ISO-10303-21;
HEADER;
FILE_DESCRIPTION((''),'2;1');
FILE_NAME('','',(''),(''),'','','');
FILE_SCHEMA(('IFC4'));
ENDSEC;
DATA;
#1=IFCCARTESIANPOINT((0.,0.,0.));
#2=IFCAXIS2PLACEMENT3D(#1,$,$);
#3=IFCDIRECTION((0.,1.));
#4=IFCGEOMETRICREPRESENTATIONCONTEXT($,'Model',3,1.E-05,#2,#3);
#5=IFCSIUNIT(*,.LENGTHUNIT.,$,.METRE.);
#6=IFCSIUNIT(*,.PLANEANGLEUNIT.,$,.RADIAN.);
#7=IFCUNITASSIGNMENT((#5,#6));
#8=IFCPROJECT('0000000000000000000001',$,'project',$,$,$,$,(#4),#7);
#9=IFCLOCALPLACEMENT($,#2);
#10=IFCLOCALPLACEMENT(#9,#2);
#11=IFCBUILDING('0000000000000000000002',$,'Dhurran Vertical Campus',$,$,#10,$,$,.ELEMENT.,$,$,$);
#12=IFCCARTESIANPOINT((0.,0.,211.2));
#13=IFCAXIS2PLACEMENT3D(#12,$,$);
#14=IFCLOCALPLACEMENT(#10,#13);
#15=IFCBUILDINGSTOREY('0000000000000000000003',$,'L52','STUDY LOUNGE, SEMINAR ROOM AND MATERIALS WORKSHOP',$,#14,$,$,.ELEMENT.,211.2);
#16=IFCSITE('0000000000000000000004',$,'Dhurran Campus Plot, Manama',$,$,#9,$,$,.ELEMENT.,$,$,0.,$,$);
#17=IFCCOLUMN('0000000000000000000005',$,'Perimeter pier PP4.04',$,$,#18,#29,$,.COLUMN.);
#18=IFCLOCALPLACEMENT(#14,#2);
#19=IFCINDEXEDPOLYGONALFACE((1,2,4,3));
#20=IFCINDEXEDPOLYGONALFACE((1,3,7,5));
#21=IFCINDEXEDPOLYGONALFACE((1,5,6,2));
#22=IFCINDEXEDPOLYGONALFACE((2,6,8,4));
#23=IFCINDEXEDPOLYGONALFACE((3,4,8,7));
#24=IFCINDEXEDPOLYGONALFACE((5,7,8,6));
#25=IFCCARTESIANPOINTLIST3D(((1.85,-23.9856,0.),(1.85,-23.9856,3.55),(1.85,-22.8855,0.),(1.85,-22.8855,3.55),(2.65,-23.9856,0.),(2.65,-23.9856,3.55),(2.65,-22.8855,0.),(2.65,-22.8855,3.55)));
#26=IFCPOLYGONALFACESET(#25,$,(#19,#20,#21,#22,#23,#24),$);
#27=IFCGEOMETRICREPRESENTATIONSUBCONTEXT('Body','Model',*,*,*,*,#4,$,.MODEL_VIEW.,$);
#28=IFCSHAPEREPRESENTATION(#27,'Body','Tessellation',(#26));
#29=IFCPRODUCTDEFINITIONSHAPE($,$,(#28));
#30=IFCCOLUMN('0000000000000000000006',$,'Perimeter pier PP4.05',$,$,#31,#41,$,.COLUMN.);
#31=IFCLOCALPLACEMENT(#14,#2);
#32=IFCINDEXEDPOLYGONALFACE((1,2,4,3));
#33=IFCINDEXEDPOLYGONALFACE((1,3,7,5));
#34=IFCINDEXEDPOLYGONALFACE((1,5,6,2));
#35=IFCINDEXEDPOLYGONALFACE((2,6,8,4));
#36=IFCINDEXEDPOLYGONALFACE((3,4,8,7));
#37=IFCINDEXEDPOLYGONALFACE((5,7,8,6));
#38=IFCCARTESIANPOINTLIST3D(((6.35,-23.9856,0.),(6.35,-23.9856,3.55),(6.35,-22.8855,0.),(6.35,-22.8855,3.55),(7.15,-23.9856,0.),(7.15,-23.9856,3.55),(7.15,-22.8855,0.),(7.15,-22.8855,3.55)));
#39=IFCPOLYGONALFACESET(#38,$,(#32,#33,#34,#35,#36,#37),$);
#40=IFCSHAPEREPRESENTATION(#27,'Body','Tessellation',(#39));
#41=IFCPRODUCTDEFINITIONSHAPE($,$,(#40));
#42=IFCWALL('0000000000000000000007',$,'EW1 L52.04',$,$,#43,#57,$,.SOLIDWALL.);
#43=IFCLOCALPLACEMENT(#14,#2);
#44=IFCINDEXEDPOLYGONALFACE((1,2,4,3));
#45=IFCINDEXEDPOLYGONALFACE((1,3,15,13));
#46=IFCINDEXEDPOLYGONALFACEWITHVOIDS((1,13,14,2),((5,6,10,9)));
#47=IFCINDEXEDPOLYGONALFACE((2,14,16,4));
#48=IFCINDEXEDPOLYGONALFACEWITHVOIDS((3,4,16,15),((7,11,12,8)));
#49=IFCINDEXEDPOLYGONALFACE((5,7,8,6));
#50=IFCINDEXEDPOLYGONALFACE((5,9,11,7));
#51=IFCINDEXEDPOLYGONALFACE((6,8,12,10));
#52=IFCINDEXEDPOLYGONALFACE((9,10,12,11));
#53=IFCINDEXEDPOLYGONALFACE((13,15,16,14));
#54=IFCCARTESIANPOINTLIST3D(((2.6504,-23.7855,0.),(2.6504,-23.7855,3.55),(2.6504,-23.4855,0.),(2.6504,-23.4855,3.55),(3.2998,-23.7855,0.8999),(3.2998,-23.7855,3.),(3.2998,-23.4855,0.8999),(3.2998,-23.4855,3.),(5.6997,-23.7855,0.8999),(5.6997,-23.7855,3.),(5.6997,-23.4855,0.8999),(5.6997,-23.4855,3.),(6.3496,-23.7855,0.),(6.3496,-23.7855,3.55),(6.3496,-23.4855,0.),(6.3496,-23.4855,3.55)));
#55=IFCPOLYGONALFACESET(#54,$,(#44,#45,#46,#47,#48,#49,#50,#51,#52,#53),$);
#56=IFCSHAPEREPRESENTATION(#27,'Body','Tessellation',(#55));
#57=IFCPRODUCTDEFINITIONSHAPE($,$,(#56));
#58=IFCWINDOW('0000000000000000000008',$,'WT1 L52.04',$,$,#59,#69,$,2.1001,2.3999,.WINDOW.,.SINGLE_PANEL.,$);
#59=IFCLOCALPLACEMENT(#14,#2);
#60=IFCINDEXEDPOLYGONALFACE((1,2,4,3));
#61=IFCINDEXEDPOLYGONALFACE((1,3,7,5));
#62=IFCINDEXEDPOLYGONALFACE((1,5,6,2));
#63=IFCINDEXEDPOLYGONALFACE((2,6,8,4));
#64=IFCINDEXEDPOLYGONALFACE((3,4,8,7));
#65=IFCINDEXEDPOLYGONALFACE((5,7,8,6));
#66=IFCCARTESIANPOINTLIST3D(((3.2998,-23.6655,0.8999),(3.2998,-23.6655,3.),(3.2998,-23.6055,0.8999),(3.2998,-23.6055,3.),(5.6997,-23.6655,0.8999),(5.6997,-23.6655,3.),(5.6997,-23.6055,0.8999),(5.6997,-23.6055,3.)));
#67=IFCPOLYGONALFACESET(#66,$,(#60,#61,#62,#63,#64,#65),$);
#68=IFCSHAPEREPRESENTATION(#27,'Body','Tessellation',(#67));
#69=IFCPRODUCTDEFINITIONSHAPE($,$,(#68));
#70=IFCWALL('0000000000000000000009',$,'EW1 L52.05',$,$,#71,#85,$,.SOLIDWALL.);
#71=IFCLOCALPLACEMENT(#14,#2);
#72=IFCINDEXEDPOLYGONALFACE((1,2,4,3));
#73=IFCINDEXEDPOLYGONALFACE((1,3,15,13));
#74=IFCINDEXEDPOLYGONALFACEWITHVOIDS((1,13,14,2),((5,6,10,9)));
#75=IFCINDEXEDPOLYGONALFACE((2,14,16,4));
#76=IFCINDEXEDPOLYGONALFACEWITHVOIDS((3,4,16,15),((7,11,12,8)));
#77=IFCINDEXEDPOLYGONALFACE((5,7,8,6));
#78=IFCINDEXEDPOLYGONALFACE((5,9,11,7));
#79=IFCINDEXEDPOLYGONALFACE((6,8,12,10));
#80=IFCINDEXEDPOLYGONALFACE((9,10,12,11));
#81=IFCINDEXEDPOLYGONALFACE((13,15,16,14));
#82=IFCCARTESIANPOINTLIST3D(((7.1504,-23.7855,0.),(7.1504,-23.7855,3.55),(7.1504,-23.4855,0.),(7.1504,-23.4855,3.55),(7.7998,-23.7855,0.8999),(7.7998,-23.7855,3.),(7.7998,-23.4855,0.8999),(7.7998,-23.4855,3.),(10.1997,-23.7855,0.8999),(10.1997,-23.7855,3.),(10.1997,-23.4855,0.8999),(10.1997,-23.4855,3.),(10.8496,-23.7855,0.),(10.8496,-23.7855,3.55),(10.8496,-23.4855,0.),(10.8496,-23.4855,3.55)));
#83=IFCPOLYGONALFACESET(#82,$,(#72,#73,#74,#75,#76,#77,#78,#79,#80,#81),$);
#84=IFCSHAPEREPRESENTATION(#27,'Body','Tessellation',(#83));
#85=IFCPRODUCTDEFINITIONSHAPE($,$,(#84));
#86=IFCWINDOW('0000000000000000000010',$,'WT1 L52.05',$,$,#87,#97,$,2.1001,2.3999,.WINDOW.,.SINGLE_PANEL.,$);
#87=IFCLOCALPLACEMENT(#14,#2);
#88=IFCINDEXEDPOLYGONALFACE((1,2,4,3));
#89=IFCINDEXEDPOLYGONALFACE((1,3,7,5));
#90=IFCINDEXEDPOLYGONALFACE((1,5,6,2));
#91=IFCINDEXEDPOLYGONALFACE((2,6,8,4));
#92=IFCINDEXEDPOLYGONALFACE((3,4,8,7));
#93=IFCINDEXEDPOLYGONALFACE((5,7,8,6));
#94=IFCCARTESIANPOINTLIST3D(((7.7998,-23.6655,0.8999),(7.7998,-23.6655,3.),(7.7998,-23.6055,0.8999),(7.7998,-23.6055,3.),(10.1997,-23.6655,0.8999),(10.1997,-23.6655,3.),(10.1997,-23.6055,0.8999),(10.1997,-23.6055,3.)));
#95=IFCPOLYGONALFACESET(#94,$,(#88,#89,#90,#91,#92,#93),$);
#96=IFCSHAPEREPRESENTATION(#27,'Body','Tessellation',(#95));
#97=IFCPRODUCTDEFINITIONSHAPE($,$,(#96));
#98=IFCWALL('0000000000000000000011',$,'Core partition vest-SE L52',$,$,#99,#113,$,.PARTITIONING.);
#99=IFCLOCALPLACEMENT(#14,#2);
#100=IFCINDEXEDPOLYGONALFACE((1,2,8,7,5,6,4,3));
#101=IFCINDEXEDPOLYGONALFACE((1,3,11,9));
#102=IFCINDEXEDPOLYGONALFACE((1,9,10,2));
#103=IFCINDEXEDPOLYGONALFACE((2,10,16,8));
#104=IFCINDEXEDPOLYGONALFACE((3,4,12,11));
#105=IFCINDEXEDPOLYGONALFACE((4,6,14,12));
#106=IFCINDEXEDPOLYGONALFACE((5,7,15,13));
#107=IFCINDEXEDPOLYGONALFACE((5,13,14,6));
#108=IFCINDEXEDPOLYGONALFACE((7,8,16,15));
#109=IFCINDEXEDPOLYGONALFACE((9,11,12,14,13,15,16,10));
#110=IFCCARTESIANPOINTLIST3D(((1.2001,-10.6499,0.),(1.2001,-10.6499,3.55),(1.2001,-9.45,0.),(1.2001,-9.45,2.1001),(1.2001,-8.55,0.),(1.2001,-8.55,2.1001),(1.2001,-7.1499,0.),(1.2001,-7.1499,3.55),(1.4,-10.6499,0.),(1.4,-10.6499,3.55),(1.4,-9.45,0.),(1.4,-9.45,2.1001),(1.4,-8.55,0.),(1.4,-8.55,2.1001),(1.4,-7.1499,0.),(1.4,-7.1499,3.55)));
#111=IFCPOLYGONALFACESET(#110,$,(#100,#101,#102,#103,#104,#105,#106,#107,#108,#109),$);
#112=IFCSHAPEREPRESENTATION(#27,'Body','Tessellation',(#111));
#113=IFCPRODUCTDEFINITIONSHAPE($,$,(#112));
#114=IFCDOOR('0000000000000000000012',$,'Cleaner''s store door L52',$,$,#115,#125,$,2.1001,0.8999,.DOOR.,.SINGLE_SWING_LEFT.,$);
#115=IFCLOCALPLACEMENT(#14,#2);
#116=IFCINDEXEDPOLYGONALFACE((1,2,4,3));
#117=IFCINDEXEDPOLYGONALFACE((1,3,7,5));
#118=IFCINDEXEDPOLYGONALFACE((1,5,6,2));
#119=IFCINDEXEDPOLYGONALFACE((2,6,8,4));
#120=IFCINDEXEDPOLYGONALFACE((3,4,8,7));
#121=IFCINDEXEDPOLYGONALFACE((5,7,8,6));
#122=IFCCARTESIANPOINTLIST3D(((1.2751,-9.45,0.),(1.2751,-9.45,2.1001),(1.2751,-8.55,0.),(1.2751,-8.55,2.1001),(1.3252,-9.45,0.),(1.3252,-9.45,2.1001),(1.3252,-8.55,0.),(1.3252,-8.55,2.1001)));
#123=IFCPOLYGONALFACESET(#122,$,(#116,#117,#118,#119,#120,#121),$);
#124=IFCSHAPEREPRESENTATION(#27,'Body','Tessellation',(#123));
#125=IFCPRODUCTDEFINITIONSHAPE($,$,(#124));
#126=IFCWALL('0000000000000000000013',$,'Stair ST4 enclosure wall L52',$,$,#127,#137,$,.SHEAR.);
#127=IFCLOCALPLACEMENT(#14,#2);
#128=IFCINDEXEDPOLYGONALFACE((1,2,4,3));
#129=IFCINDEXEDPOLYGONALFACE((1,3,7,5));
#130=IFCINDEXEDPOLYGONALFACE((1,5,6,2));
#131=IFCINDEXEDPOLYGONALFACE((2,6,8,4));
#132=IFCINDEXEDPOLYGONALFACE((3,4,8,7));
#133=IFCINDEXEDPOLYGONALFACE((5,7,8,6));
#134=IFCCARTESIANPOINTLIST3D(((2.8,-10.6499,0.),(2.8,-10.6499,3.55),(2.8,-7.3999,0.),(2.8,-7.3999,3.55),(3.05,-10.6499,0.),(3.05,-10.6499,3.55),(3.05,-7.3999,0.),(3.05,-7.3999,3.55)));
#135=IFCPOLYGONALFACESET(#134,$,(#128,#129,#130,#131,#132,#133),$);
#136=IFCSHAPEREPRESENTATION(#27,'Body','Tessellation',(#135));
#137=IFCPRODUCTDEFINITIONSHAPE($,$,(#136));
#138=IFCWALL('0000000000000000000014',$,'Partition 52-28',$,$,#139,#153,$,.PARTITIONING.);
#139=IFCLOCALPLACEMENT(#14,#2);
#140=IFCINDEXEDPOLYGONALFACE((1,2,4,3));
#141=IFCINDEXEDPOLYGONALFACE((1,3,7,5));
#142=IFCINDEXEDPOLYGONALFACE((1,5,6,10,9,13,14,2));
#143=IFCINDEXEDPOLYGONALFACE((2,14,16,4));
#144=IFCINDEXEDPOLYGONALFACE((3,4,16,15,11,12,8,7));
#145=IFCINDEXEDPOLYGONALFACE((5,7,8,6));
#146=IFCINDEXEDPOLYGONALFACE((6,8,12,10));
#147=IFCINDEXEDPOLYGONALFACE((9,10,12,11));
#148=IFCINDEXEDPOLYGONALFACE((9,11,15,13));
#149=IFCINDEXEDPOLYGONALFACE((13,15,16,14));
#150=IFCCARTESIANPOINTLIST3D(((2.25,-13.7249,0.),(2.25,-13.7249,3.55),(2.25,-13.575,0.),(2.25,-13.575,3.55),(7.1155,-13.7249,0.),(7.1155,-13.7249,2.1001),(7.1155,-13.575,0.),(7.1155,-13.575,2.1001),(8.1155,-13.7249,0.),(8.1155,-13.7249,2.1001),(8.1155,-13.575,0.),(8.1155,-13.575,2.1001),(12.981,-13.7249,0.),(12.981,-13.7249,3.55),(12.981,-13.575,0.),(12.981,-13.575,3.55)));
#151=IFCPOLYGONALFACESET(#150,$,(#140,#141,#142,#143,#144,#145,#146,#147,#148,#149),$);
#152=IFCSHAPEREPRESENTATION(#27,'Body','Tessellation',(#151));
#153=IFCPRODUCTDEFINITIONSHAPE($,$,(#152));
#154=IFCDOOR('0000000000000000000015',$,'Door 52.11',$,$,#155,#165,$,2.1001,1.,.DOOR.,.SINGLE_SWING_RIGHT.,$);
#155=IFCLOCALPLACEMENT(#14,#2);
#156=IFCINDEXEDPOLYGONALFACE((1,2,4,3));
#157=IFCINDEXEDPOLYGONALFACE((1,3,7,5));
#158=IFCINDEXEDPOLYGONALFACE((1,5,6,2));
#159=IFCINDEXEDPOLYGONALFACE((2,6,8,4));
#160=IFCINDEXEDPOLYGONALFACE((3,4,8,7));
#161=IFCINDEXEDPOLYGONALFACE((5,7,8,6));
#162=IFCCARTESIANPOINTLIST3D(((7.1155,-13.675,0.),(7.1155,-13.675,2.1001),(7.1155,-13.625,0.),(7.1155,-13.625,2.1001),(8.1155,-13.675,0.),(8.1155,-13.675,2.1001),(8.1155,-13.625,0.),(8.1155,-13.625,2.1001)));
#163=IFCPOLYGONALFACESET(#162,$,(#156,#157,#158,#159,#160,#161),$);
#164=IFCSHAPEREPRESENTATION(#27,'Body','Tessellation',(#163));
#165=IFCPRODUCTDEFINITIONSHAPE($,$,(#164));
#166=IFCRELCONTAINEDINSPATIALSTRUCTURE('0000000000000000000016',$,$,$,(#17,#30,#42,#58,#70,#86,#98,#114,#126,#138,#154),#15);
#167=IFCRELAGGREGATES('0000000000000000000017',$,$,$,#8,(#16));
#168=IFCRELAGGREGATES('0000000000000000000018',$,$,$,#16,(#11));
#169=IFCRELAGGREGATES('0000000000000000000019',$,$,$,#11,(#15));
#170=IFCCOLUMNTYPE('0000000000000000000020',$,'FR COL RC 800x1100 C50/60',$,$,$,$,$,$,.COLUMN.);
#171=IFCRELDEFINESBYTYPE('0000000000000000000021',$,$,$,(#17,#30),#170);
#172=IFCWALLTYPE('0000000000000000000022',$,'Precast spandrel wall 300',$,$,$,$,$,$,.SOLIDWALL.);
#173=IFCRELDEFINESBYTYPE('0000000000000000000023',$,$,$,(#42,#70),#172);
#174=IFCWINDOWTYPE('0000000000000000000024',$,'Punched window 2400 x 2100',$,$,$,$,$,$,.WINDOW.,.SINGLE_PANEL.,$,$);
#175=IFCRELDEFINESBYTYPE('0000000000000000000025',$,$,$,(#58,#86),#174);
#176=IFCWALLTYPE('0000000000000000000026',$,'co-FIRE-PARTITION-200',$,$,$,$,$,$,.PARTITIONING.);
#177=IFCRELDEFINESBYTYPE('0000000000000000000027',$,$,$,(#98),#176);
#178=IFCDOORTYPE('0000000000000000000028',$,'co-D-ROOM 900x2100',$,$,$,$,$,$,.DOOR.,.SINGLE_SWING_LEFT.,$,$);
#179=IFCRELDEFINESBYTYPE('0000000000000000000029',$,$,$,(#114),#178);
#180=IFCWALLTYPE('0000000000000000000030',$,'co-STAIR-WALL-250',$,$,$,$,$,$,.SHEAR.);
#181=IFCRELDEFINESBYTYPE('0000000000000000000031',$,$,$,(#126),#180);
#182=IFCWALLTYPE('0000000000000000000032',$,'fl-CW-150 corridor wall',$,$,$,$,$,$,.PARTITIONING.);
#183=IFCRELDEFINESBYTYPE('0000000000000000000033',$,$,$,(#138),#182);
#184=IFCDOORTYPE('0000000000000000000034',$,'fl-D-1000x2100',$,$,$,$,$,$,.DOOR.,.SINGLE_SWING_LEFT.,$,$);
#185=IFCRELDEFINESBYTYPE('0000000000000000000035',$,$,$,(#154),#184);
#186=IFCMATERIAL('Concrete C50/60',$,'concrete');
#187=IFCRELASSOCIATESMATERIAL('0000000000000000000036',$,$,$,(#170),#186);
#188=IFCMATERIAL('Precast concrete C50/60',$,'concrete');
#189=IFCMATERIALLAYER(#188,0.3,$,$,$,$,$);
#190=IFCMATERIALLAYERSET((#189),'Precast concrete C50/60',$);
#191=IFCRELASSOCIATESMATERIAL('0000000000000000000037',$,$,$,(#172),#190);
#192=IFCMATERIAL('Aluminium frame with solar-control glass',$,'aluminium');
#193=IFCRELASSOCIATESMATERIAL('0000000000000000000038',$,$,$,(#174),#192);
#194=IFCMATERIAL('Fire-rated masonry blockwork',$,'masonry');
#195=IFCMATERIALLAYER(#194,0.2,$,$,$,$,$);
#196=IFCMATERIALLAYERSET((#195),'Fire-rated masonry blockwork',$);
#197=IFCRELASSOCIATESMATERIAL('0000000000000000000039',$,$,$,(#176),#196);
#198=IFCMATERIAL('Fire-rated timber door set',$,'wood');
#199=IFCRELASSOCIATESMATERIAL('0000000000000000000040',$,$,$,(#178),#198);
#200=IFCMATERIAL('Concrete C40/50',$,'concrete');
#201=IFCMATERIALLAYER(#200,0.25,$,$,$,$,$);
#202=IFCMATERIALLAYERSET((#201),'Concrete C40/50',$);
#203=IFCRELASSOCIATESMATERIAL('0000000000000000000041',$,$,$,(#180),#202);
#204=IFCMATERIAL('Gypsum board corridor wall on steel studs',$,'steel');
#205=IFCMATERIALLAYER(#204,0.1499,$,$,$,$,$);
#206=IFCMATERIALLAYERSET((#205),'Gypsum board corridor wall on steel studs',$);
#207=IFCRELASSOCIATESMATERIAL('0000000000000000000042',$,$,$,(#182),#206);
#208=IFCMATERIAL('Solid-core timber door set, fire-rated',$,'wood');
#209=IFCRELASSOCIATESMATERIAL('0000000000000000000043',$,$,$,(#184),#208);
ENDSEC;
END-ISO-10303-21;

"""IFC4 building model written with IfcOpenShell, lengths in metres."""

from ifc_helpers import new_model, si_unit, direction, frame, frame_2d, origin, origin_2d, place, context, subcontext, project, spatial, rectangle, extrude, material, layer, layer_set, material_profile, profile_set, type_object, element, fill, save


model = new_model("IFC4")

# Units and contexts
model_context = context("Model", 3, precision=1e-05, world=origin(), true_north=direction((0.0, 1.0)))
body_context = subcontext(model_context, "Body", "Model", "MODEL_VIEW")
ifc_project = project(units=[si_unit("LENGTHUNIT", "METRE"), si_unit("PLANEANGLEUNIT", "RADIAN")], contexts=[model_context])

# Site, building, storey
site_placement = place(None, origin())
site = spatial("IfcSite", under=ifc_project, at=site_placement, Name="Dhurran Campus Plot, Manama", CompositionType="ELEMENT", RefElevation=0.0)
building_placement = place(site_placement, origin())
building = spatial("IfcBuilding", under=site, at=building_placement, Name="Dhurran Vertical Campus", CompositionType="ELEMENT")
storey_placement = place(building_placement, frame((0.0, 0.0, 211.2)))
storey = spatial("IfcBuildingStorey", under=building, at=storey_placement, Name="L52", Description="STUDY LOUNGE, SEMINAR ROOM AND MATERIALS WORKSHOP", CompositionType="ELEMENT", Elevation=211.2)

# Columns
ifc_material_1 = material(Name="Concrete C50/60", Category="concrete")
ifc_material_profile = material_profile(ifc_material_1, rectangle(XDim=0.8, YDim=1.1001, at=origin_2d()), Name="RC 800x1100")
ifc_profile_set = profile_set([ifc_material_profile], Name="Concrete C50/60")
column_type = type_object("IfcColumnType", Name="FR COL RC 800x1100 C50/60", PredefinedType="COLUMN", material=ifc_profile_set)
for number, where, z_axis, x_axis, name in (
    (1, (2.25, -23.4355, 0.0), (0.0, 0.0, 1.0), (1.0, 0.0, 0.0), "Perimeter pier PP4.04"),
    (2, (6.75, -23.4355, 0.0), (0.0, 0.0, 1.0), (1.0, 0.0, 0.0), "Perimeter pier PP4.05"),
):
    element("IfcColumn", number, at=place(storey_placement, frame(where, z_axis=z_axis, x_axis=x_axis)), inside=storey, type_object=column_type, Name=name, PredefinedType="COLUMN", context=body_context, shape_type="SweptSolid", body=[
        extrude(rectangle(XDim=0.8, YDim=1.1001, at=origin_2d()), origin(), (0.0, 0.0, 1.0), 3.55),
    ])

# Walls, openings, windows
ifc_material_2 = material(Name="Precast concrete C50/60", Category="concrete")
ifc_layer_1 = layer(ifc_material_2, 0.3)
ifc_layer_set_1 = layer_set([ifc_layer_1], Name="Precast concrete C50/60")
wall_type_1 = type_object("IfcWallType", Name="Precast spandrel wall 300", PredefinedType="SOLIDWALL", material=ifc_layer_set_1)
wall_1_placement = place(storey_placement, frame((2.6504, -23.6355, 0.0), z_axis=(0.0, 0.0, 1.0), x_axis=(1.0, 0.0, 0.0)))
wall_1 = element("IfcWall", 3, at=wall_1_placement, inside=storey, type_object=wall_type_1, Name="EW1 L52.04", PredefinedType="SOLIDWALL", context=body_context, shape_type="SweptSolid", body=[
    extrude(rectangle(XDim=3.6992, YDim=0.3, at=frame_2d((1.8496, 0.0))), origin(), (0.0, 0.0, 1.0), 3.55),
])
opening_1_placement = place(wall_1_placement, frame((0.6494, 0.0, 0.8999)))
opening_1 = element("IfcOpeningElement", 4, at=opening_1_placement, cuts=wall_1, PredefinedType="OPENING", context=body_context, shape_type="SweptSolid", body=[
    extrude(rectangle(XDim=2.3999, YDim=2.1001, at=frame_2d((1.2, 1.05))), frame((0.0, 0.1599, 0.0), z_axis=(0.0, -1.0, 0.0), x_axis=(1.0, 0.0, 0.0)), (0.0, 0.0, 1.0), 0.3201),
])
ifc_material_3 = material(Name="Aluminium frame with solar-control glass", Category="aluminium")
window_type = type_object("IfcWindowType", Name="Punched window 2400 x 2100", PartitioningType="SINGLE_PANEL", PredefinedType="WINDOW", material=ifc_material_3)
window_1_placement = place(opening_1_placement, origin())
window_1 = element("IfcWindow", 5, at=window_1_placement, inside=storey, type_object=window_type, Name="WT1 L52.04", OverallHeight=2.1001, OverallWidth=2.3999, PartitioningType="SINGLE_PANEL", PredefinedType="WINDOW", context=body_context, shape_type="SweptSolid", body=[
    extrude(rectangle(XDim=2.3999, YDim=2.1001, at=frame_2d((1.2, 1.05))), frame((0.0, 0.03, 0.0), z_axis=(0.0, -1.0, 0.0), x_axis=(1.0, 0.0, 0.0)), (0.0, 0.0, 1.0), 0.0601),
])
fill(opening_1, window_1)
wall_2_placement = place(storey_placement, frame((7.1504, -23.6355, 0.0), z_axis=(0.0, 0.0, 1.0), x_axis=(1.0, 0.0, 0.0)))
wall_2 = element("IfcWall", 6, at=wall_2_placement, inside=storey, type_object=wall_type_1, Name="EW1 L52.05", PredefinedType="SOLIDWALL", context=body_context, shape_type="SweptSolid", body=[
    extrude(rectangle(XDim=3.6992, YDim=0.3, at=frame_2d((1.8496, 0.0))), origin(), (0.0, 0.0, 1.0), 3.55),
])
opening_2_placement = place(wall_2_placement, frame((0.6494, 0.0, 0.8999)))
opening_2 = element("IfcOpeningElement", 7, at=opening_2_placement, cuts=wall_2, PredefinedType="OPENING", context=body_context, shape_type="SweptSolid", body=[
    extrude(rectangle(XDim=2.3999, YDim=2.1001, at=frame_2d((1.2, 1.05))), frame((0.0, 0.1599, 0.0), z_axis=(0.0, -1.0, 0.0), x_axis=(1.0, 0.0, 0.0)), (0.0, 0.0, 1.0), 0.3201),
])
window_2_placement = place(opening_2_placement, origin())
window_2 = element("IfcWindow", 8, at=window_2_placement, inside=storey, type_object=window_type, Name="WT1 L52.05", OverallHeight=2.1001, OverallWidth=2.3999, PartitioningType="SINGLE_PANEL", PredefinedType="WINDOW", context=body_context, shape_type="SweptSolid", body=[
    extrude(rectangle(XDim=2.3999, YDim=2.1001, at=frame_2d((1.2, 1.05))), frame((0.0, 0.03, 0.0), z_axis=(0.0, -1.0, 0.0), x_axis=(1.0, 0.0, 0.0)), (0.0, 0.0, 1.0), 0.0601),
])
fill(opening_2, window_2)

# Wall, opening, door
ifc_material_4 = material(Name="Fire-rated masonry blockwork", Category="masonry")
ifc_layer_2 = layer(ifc_material_4, 0.2)
ifc_layer_set_2 = layer_set([ifc_layer_2], Name="Fire-rated masonry blockwork")
wall_type_2 = type_object("IfcWallType", Name="co-FIRE-PARTITION-200", PredefinedType="PARTITIONING", material=ifc_layer_set_2)
wall_3_placement = place(storey_placement, frame((1.3, -10.6499, 0.0), z_axis=(0.0, 0.0, 1.0), x_axis=(0.0, 1.0, 0.0)))
wall_3 = element("IfcWall", 9, at=wall_3_placement, inside=storey, type_object=wall_type_2, Name="Core partition vest-SE L52", PredefinedType="PARTITIONING", context=body_context, shape_type="SweptSolid", body=[
    extrude(rectangle(XDim=3.5, YDim=0.2, at=frame_2d((1.75, 0.0))), origin(), (0.0, 0.0, 1.0), 3.55),
])
opening_3_placement = place(wall_3_placement, frame((1.2, 0.0, 0.0)))
opening_3 = element("IfcOpeningElement", 10, at=opening_3_placement, cuts=wall_3, PredefinedType="OPENING", context=body_context, shape_type="SweptSolid", body=[
    extrude(rectangle(XDim=0.8999, YDim=2.1001, at=frame_2d((0.45, 1.05))), frame((0.0, 0.1099, 0.0), z_axis=(0.0, -1.0, 0.0), x_axis=(1.0, 0.0, 0.0)), (0.0, 0.0, 1.0), 0.22),
])
ifc_material_5 = material(Name="Fire-rated timber door set", Category="wood")
door_type_1 = type_object("IfcDoorType", Name="co-D-ROOM 900x2100", OperationType="SINGLE_SWING_LEFT", PredefinedType="DOOR", material=ifc_material_5)
door_1_placement = place(opening_3_placement, origin())
door_1 = element("IfcDoor", 11, at=door_1_placement, inside=storey, type_object=door_type_1, Name="Cleaner's store door L52", OperationType="SINGLE_SWING_LEFT", OverallHeight=2.1001, OverallWidth=0.8999, PredefinedType="DOOR", context=body_context, shape_type="SweptSolid", body=[
    extrude(rectangle(XDim=0.8999, YDim=2.1001, at=frame_2d((0.45, 1.05))), frame((0.0, 0.0249, 0.0), z_axis=(0.0, -1.0, 0.0), x_axis=(1.0, 0.0, 0.0)), (0.0, 0.0, 1.0), 0.05),
])
fill(opening_3, door_1)

# Wall
ifc_material_6 = material(Name="Concrete C40/50", Category="concrete")
ifc_layer_3 = layer(ifc_material_6, 0.25)
ifc_layer_set_3 = layer_set([ifc_layer_3], Name="Concrete C40/50")
wall_type_3 = type_object("IfcWallType", Name="co-STAIR-WALL-250", PredefinedType="SHEAR", material=ifc_layer_set_3)
wall_4_placement = place(storey_placement, frame((2.925, -10.6499, 0.0), z_axis=(0.0, 0.0, 1.0), x_axis=(0.0, 1.0, 0.0)))
element("IfcWall", 12, at=wall_4_placement, inside=storey, type_object=wall_type_3, Name="Stair ST4 enclosure wall L52", PredefinedType="SHEAR", context=body_context, shape_type="SweptSolid", body=[
    extrude(rectangle(XDim=3.25, YDim=0.25, at=frame_2d((1.625, 0.0))), origin(), (0.0, 0.0, 1.0), 3.55),
])

# Wall, opening, door
ifc_material_7 = material(Name="Gypsum board corridor wall on steel studs", Category="steel")
ifc_layer_4 = layer(ifc_material_7, 0.1499)
ifc_layer_set_4 = layer_set([ifc_layer_4], Name="Gypsum board corridor wall on steel studs")
wall_type_4 = type_object("IfcWallType", Name="fl-CW-150 corridor wall", PredefinedType="PARTITIONING", material=ifc_layer_set_4)
wall_5_placement = place(storey_placement, frame((2.25, -13.6499, 0.0), z_axis=(0.0, 0.0, 1.0), x_axis=(1.0, 0.0, 0.0)))
wall_5 = element("IfcWall", 13, at=wall_5_placement, inside=storey, type_object=wall_type_4, Name="Partition 52-28", PredefinedType="PARTITIONING", context=body_context, shape_type="SweptSolid", body=[
    extrude(rectangle(XDim=10.731, YDim=0.1499, at=frame_2d((5.3655, 0.0))), origin(), (0.0, 0.0, 1.0), 3.55),
])
opening_4_placement = place(wall_5_placement, frame((4.8655, 0.0, 0.0)))
opening_4 = element("IfcOpeningElement", 14, at=opening_4_placement, cuts=wall_5, PredefinedType="OPENING", context=body_context, shape_type="SweptSolid", body=[
    extrude(rectangle(XDim=1.0, YDim=2.1001, at=frame_2d((0.5, 1.05))), frame((0.0, 0.085, 0.0), z_axis=(0.0, -1.0, 0.0), x_axis=(1.0, 0.0, 0.0)), (0.0, 0.0, 1.0), 0.1699),
])
ifc_material_8 = material(Name="Solid-core timber door set, fire-rated", Category="wood")
door_type_2 = type_object("IfcDoorType", Name="fl-D-1000x2100", OperationType="SINGLE_SWING_LEFT", PredefinedType="DOOR", material=ifc_material_8)
door_2_placement = place(opening_4_placement, origin())
door_2 = element("IfcDoor", 15, at=door_2_placement, inside=storey, type_object=door_type_2, Name="Door 52.11", OperationType="SINGLE_SWING_RIGHT", OverallHeight=2.1001, OverallWidth=1.0, PredefinedType="DOOR", context=body_context, shape_type="SweptSolid", body=[
    extrude(rectangle(XDim=1.0, YDim=2.1001, at=frame_2d((0.5, 1.05))), frame((0.0, 0.0249, 0.0), z_axis=(0.0, -1.0, 0.0), x_axis=(1.0, 0.0, 0.0)), (0.0, 0.0, 1.0), 0.05),
])
fill(opening_4, door_2)

save(model, "model.ifc")
